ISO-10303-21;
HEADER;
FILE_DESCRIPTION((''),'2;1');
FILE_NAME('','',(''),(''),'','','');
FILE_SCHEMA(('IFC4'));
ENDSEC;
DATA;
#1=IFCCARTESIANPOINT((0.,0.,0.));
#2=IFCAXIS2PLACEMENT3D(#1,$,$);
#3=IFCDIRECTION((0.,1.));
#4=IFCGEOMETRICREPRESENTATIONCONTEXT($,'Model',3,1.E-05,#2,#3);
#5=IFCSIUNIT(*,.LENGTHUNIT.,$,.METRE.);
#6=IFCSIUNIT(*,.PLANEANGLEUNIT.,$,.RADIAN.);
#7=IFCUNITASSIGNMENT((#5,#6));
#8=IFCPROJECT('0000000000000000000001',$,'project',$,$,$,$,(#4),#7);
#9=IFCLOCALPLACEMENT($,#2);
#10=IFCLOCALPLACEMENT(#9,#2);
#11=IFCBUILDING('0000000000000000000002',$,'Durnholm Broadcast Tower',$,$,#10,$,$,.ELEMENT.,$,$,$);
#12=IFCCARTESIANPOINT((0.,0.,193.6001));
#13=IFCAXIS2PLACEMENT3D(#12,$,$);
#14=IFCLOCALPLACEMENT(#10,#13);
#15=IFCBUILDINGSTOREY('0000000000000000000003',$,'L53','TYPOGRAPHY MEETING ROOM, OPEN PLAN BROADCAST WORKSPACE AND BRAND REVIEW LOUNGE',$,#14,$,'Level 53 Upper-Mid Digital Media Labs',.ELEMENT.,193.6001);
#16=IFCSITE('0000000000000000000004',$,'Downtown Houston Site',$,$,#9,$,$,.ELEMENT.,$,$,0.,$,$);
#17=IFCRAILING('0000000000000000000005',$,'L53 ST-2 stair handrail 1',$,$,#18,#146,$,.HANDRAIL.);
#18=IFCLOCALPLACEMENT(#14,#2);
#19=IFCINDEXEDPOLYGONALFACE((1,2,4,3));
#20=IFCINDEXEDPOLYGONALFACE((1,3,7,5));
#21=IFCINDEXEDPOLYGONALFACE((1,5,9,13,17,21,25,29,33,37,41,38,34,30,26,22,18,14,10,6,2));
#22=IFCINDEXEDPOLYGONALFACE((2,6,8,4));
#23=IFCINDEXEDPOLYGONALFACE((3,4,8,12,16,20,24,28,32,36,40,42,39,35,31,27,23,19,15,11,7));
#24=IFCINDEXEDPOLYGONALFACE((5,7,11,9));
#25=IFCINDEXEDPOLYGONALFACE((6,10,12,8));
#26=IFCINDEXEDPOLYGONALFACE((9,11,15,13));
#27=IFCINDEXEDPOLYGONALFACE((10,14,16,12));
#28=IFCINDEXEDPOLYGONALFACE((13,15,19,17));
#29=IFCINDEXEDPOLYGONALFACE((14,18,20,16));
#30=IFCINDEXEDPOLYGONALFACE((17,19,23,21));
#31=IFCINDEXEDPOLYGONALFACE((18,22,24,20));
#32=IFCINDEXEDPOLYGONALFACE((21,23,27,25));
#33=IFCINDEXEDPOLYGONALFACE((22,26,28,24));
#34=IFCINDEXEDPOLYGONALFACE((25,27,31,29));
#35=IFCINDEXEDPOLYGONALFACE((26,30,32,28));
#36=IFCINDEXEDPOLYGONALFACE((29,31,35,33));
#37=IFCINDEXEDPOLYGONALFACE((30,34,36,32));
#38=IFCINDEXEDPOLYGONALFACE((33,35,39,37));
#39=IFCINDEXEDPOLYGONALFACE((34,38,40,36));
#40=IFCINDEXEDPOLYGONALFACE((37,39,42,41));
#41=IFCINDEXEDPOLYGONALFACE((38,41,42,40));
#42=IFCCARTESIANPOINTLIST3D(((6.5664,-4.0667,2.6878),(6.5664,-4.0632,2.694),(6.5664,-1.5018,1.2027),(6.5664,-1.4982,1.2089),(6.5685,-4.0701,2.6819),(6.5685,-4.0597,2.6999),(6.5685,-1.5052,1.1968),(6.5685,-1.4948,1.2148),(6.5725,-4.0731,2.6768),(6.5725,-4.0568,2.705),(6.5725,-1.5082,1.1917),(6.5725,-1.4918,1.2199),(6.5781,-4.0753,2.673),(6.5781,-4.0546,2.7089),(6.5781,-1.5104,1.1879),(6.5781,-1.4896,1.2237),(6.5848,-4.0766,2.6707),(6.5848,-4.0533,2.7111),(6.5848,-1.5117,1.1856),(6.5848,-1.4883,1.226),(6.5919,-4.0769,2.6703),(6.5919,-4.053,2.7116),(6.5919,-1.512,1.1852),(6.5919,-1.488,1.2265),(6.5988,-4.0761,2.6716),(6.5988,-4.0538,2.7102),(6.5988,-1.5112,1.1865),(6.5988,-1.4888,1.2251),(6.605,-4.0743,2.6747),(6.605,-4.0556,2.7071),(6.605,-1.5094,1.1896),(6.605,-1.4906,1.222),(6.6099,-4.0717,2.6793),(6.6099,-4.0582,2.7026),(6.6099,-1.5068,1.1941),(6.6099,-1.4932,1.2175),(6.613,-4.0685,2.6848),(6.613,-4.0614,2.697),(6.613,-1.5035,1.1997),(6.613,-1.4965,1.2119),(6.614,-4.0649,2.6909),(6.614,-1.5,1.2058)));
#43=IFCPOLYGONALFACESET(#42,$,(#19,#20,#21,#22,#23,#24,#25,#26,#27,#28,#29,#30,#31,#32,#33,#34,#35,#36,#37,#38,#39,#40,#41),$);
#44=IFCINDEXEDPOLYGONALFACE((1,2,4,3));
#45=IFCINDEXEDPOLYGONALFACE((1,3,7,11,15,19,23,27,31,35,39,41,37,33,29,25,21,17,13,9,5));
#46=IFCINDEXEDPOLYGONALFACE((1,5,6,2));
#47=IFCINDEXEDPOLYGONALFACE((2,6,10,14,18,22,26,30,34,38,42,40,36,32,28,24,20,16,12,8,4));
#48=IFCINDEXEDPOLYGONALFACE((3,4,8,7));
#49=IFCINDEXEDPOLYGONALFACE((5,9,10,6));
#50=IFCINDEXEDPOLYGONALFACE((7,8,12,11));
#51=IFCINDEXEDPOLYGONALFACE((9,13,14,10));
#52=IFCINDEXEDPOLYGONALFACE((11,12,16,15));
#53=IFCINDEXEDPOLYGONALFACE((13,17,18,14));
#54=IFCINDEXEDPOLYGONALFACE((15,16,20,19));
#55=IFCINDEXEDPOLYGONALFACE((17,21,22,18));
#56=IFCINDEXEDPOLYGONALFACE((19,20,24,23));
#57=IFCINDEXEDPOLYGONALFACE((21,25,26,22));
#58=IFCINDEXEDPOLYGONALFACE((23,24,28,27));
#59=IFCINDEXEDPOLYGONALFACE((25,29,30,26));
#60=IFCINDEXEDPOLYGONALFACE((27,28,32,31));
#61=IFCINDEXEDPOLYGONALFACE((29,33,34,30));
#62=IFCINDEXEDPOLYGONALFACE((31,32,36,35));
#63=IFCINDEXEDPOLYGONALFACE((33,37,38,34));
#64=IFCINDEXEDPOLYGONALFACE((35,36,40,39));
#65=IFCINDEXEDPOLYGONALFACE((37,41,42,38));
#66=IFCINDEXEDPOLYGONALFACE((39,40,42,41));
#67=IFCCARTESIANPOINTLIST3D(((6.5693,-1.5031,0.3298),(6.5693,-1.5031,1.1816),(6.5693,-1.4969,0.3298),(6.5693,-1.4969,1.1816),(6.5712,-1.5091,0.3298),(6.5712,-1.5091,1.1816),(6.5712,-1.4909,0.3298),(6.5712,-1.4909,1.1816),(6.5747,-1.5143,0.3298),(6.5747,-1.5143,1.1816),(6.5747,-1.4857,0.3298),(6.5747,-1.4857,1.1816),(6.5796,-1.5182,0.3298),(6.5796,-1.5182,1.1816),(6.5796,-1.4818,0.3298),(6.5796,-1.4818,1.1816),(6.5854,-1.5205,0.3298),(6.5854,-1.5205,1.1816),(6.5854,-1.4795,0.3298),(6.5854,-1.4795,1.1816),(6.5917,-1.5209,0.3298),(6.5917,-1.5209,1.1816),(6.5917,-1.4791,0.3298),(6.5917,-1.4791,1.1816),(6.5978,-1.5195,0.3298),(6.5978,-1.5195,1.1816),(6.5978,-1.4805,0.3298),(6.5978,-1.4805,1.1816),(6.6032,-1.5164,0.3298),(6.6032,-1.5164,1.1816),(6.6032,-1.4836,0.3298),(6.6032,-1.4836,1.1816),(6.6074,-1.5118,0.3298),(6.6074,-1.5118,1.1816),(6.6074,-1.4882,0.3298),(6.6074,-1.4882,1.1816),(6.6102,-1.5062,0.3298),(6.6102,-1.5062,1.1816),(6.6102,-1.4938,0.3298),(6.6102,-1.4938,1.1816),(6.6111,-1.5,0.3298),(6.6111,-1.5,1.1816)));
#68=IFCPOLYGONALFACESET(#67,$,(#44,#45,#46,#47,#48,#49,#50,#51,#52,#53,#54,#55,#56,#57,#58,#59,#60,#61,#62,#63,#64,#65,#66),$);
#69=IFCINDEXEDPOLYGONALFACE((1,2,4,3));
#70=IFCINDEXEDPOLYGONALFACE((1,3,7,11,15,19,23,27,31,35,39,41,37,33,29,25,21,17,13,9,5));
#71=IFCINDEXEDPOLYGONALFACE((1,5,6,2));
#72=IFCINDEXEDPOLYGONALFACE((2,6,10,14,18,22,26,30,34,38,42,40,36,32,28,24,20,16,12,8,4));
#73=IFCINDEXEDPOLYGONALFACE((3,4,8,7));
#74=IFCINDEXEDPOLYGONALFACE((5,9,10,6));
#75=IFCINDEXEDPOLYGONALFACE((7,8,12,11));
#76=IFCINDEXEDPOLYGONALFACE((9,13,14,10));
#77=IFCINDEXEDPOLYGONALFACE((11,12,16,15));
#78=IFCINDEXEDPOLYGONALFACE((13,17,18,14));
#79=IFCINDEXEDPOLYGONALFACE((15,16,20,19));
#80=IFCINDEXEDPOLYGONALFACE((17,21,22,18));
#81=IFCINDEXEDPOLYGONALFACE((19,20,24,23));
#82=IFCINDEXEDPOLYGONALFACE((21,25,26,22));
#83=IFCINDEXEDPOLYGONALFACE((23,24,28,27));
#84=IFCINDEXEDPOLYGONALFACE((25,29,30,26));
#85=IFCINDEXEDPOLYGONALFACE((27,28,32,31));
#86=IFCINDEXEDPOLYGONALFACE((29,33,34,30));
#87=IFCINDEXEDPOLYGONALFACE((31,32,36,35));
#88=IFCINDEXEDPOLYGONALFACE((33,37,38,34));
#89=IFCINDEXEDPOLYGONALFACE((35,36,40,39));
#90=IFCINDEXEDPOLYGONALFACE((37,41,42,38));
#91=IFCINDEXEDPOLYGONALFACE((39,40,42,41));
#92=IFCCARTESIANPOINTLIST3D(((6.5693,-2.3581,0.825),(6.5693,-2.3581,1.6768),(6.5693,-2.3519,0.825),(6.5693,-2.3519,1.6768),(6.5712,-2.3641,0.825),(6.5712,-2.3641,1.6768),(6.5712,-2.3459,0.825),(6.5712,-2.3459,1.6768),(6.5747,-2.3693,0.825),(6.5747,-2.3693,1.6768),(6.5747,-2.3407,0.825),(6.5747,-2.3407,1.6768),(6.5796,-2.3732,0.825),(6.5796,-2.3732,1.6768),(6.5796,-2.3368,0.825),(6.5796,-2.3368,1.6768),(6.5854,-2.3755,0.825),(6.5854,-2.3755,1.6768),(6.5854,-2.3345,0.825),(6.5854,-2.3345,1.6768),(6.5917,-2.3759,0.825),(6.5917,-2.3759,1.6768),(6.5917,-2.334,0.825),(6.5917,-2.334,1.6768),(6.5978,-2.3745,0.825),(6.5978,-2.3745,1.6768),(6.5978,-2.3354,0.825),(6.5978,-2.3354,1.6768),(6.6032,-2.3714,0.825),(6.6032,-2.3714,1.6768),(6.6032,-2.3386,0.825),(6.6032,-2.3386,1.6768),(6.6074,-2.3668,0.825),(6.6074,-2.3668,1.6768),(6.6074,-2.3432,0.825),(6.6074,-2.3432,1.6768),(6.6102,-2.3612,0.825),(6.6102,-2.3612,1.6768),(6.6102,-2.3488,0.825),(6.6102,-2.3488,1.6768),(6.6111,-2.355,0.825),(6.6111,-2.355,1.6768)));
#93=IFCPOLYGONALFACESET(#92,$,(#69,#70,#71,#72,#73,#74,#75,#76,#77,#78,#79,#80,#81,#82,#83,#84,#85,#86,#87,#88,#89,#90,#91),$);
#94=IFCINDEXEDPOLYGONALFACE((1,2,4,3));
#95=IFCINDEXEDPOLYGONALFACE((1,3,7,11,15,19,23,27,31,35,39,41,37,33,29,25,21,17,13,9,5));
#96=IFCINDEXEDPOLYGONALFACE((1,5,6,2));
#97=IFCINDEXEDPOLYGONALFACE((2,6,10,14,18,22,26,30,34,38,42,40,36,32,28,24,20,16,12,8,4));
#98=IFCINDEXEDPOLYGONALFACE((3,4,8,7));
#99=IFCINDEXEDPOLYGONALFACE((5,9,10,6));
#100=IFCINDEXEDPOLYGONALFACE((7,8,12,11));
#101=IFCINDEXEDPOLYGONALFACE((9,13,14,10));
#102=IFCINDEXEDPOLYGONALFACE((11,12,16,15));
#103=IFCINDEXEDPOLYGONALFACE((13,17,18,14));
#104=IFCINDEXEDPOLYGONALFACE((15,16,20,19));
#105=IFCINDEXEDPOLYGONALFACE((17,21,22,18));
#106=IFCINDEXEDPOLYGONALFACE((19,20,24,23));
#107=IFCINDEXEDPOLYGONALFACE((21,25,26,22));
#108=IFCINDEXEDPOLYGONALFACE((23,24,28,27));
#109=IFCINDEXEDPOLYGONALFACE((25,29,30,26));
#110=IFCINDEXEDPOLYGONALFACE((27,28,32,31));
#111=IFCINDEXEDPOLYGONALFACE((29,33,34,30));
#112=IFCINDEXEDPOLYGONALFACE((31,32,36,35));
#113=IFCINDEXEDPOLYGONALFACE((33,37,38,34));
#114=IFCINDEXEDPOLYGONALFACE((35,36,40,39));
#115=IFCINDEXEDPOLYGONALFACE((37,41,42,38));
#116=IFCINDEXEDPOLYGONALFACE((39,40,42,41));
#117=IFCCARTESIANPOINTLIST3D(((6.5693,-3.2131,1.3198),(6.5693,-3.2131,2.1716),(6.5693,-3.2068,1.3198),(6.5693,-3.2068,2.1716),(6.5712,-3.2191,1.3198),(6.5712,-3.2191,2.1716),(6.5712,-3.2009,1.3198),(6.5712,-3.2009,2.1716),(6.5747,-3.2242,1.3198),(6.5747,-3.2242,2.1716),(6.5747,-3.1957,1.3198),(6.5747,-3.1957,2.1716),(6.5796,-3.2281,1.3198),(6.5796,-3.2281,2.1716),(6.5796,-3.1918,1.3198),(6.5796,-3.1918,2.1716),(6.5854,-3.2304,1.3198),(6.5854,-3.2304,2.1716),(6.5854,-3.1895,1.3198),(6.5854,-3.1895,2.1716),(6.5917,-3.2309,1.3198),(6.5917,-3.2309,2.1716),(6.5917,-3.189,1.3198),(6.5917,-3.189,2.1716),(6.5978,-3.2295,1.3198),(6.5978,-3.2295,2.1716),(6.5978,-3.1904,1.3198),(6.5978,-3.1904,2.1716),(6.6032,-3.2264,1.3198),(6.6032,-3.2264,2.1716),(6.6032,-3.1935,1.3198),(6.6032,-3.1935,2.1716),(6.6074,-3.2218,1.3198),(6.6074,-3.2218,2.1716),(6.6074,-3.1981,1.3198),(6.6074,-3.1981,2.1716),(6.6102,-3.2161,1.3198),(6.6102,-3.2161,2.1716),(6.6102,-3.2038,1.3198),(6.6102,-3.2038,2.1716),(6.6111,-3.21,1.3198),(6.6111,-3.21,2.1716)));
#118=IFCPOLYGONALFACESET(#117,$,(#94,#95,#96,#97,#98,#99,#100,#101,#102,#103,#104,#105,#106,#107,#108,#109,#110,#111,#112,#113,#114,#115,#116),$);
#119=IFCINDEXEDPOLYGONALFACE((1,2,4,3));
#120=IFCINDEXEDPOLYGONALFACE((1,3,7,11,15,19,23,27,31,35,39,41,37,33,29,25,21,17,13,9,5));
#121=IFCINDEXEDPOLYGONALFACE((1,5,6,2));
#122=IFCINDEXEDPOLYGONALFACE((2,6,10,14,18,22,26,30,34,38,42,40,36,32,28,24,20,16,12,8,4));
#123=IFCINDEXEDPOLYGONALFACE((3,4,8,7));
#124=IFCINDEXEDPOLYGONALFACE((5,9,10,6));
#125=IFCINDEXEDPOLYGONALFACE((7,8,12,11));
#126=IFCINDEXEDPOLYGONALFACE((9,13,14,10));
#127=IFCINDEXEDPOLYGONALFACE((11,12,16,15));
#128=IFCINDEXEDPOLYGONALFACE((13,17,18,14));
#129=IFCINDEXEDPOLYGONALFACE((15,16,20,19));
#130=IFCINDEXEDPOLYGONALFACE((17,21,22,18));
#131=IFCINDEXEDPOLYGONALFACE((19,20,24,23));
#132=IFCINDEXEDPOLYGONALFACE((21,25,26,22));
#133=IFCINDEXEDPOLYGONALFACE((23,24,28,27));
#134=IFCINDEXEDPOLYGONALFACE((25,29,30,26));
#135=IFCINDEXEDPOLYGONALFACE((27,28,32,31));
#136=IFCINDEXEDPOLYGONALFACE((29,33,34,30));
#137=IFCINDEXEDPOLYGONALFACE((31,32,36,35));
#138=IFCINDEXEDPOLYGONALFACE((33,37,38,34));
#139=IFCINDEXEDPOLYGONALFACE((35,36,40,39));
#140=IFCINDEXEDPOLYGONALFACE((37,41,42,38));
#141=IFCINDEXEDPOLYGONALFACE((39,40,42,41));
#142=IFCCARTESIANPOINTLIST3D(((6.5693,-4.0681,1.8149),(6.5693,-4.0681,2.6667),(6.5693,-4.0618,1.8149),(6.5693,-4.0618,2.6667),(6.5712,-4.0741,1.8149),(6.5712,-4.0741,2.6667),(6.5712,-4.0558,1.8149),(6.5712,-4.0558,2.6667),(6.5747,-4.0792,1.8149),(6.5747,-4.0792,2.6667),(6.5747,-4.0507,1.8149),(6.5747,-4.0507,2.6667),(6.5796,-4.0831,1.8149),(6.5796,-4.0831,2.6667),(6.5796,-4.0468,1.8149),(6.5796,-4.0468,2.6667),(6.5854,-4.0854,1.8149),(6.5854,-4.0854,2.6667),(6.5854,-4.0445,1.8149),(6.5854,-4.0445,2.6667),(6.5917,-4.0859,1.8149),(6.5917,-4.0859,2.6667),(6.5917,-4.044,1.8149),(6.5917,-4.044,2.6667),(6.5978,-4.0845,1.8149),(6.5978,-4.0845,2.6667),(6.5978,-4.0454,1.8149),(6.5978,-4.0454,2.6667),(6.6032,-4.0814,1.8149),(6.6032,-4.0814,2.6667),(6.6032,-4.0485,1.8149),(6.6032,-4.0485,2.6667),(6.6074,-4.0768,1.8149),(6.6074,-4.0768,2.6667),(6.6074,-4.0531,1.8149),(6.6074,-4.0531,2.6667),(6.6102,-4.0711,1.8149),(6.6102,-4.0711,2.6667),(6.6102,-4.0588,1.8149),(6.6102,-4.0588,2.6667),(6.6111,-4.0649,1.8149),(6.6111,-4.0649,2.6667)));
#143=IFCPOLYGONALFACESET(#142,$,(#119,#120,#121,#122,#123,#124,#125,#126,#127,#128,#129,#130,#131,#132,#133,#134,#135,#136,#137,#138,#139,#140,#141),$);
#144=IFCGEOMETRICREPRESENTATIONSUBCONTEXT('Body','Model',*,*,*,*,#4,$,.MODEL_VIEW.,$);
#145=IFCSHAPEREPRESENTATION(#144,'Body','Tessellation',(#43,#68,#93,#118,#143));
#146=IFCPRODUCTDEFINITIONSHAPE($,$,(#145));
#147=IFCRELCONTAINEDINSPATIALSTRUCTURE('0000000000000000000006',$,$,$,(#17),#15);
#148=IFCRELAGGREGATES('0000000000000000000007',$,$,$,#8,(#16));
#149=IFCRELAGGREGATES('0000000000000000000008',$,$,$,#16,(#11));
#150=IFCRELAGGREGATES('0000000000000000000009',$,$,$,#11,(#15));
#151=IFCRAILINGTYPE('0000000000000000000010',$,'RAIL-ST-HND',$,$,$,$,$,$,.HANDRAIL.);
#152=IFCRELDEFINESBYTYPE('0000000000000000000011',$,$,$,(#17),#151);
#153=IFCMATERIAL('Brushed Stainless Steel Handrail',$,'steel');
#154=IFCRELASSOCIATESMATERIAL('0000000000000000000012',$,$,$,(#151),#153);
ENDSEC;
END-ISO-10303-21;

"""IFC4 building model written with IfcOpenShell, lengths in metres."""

from ifc_helpers import new_model, si_unit, direction, frame, origin, origin_2d, place, context, subcontext, project, spatial, circle, extrude, material, type_object, element, save


model = new_model("IFC4")

# Units and contexts
model_context = context("Model", 3, precision=1e-05, world=origin(), true_north=direction((0.0, 1.0)))
body_context = subcontext(model_context, "Body", "Model", "MODEL_VIEW")
ifc_project = project(units=[si_unit("LENGTHUNIT", "METRE"), si_unit("PLANEANGLEUNIT", "RADIAN")], contexts=[model_context])

# Site, building, storey
site_placement = place(None, origin())
site = spatial("IfcSite", under=ifc_project, at=site_placement, Name="Downtown Houston Site", CompositionType="ELEMENT", RefElevation=0.0)
building_placement = place(site_placement, origin())
building = spatial("IfcBuilding", under=site, at=building_placement, Name="Durnholm Broadcast Tower", CompositionType="ELEMENT")
storey_placement = place(building_placement, frame((0.0, 0.0, 193.6001)))
storey = spatial("IfcBuildingStorey", under=building, at=storey_placement, Name="L53", Description="TYPOGRAPHY MEETING ROOM, OPEN PLAN BROADCAST WORKSPACE AND BRAND REVIEW LOUNGE", LongName="Level 53 Upper-Mid Digital Media Labs", CompositionType="ELEMENT", Elevation=193.6001)

# Railing
ifc_material_1 = material(Name="Brushed Stainless Steel Handrail", Category="steel")
railing_type_1 = type_object("IfcRailingType", Name="RAIL-ST-HND", PredefinedType="HANDRAIL", material=ifc_material_1)
railing_1_placement = place(storey_placement, frame((6.5901, -1.5, 0.3298)))
element("IfcRailing", 1, at=railing_1_placement, inside=storey, type_object=railing_type_1, Name="L53 ST-2 stair handrail 1", PredefinedType="HANDRAIL", context=body_context, shape_type="SweptSolid", body=[
    extrude(circle(Radius=0.0239, at=origin_2d()), frame((0.0, 0.0, 0.876), z_axis=(0.0, -0.865406, 0.501072), x_axis=(1.0, 0.0, 0.0)), (0.0, 0.0, 1.0), 2.9639),
    extrude(circle(Radius=0.021, at=origin_2d()), origin(), (0.0, 0.0, 1.0), 0.8518),
    extrude(circle(Radius=0.021, at=origin_2d()), frame((0.0, -0.855, 0.4951)), (0.0, 0.0, 1.0), 0.8518),
    extrude(circle(Radius=0.021, at=origin_2d()), frame((0.0, -1.71, 0.99)), (0.0, 0.0, 1.0), 0.8518),
    extrude(circle(Radius=0.021, at=origin_2d()), frame((0.0, -2.5649, 1.4851)), (0.0, 0.0, 1.0), 0.8518),
])

save(model, "model.ifc")
